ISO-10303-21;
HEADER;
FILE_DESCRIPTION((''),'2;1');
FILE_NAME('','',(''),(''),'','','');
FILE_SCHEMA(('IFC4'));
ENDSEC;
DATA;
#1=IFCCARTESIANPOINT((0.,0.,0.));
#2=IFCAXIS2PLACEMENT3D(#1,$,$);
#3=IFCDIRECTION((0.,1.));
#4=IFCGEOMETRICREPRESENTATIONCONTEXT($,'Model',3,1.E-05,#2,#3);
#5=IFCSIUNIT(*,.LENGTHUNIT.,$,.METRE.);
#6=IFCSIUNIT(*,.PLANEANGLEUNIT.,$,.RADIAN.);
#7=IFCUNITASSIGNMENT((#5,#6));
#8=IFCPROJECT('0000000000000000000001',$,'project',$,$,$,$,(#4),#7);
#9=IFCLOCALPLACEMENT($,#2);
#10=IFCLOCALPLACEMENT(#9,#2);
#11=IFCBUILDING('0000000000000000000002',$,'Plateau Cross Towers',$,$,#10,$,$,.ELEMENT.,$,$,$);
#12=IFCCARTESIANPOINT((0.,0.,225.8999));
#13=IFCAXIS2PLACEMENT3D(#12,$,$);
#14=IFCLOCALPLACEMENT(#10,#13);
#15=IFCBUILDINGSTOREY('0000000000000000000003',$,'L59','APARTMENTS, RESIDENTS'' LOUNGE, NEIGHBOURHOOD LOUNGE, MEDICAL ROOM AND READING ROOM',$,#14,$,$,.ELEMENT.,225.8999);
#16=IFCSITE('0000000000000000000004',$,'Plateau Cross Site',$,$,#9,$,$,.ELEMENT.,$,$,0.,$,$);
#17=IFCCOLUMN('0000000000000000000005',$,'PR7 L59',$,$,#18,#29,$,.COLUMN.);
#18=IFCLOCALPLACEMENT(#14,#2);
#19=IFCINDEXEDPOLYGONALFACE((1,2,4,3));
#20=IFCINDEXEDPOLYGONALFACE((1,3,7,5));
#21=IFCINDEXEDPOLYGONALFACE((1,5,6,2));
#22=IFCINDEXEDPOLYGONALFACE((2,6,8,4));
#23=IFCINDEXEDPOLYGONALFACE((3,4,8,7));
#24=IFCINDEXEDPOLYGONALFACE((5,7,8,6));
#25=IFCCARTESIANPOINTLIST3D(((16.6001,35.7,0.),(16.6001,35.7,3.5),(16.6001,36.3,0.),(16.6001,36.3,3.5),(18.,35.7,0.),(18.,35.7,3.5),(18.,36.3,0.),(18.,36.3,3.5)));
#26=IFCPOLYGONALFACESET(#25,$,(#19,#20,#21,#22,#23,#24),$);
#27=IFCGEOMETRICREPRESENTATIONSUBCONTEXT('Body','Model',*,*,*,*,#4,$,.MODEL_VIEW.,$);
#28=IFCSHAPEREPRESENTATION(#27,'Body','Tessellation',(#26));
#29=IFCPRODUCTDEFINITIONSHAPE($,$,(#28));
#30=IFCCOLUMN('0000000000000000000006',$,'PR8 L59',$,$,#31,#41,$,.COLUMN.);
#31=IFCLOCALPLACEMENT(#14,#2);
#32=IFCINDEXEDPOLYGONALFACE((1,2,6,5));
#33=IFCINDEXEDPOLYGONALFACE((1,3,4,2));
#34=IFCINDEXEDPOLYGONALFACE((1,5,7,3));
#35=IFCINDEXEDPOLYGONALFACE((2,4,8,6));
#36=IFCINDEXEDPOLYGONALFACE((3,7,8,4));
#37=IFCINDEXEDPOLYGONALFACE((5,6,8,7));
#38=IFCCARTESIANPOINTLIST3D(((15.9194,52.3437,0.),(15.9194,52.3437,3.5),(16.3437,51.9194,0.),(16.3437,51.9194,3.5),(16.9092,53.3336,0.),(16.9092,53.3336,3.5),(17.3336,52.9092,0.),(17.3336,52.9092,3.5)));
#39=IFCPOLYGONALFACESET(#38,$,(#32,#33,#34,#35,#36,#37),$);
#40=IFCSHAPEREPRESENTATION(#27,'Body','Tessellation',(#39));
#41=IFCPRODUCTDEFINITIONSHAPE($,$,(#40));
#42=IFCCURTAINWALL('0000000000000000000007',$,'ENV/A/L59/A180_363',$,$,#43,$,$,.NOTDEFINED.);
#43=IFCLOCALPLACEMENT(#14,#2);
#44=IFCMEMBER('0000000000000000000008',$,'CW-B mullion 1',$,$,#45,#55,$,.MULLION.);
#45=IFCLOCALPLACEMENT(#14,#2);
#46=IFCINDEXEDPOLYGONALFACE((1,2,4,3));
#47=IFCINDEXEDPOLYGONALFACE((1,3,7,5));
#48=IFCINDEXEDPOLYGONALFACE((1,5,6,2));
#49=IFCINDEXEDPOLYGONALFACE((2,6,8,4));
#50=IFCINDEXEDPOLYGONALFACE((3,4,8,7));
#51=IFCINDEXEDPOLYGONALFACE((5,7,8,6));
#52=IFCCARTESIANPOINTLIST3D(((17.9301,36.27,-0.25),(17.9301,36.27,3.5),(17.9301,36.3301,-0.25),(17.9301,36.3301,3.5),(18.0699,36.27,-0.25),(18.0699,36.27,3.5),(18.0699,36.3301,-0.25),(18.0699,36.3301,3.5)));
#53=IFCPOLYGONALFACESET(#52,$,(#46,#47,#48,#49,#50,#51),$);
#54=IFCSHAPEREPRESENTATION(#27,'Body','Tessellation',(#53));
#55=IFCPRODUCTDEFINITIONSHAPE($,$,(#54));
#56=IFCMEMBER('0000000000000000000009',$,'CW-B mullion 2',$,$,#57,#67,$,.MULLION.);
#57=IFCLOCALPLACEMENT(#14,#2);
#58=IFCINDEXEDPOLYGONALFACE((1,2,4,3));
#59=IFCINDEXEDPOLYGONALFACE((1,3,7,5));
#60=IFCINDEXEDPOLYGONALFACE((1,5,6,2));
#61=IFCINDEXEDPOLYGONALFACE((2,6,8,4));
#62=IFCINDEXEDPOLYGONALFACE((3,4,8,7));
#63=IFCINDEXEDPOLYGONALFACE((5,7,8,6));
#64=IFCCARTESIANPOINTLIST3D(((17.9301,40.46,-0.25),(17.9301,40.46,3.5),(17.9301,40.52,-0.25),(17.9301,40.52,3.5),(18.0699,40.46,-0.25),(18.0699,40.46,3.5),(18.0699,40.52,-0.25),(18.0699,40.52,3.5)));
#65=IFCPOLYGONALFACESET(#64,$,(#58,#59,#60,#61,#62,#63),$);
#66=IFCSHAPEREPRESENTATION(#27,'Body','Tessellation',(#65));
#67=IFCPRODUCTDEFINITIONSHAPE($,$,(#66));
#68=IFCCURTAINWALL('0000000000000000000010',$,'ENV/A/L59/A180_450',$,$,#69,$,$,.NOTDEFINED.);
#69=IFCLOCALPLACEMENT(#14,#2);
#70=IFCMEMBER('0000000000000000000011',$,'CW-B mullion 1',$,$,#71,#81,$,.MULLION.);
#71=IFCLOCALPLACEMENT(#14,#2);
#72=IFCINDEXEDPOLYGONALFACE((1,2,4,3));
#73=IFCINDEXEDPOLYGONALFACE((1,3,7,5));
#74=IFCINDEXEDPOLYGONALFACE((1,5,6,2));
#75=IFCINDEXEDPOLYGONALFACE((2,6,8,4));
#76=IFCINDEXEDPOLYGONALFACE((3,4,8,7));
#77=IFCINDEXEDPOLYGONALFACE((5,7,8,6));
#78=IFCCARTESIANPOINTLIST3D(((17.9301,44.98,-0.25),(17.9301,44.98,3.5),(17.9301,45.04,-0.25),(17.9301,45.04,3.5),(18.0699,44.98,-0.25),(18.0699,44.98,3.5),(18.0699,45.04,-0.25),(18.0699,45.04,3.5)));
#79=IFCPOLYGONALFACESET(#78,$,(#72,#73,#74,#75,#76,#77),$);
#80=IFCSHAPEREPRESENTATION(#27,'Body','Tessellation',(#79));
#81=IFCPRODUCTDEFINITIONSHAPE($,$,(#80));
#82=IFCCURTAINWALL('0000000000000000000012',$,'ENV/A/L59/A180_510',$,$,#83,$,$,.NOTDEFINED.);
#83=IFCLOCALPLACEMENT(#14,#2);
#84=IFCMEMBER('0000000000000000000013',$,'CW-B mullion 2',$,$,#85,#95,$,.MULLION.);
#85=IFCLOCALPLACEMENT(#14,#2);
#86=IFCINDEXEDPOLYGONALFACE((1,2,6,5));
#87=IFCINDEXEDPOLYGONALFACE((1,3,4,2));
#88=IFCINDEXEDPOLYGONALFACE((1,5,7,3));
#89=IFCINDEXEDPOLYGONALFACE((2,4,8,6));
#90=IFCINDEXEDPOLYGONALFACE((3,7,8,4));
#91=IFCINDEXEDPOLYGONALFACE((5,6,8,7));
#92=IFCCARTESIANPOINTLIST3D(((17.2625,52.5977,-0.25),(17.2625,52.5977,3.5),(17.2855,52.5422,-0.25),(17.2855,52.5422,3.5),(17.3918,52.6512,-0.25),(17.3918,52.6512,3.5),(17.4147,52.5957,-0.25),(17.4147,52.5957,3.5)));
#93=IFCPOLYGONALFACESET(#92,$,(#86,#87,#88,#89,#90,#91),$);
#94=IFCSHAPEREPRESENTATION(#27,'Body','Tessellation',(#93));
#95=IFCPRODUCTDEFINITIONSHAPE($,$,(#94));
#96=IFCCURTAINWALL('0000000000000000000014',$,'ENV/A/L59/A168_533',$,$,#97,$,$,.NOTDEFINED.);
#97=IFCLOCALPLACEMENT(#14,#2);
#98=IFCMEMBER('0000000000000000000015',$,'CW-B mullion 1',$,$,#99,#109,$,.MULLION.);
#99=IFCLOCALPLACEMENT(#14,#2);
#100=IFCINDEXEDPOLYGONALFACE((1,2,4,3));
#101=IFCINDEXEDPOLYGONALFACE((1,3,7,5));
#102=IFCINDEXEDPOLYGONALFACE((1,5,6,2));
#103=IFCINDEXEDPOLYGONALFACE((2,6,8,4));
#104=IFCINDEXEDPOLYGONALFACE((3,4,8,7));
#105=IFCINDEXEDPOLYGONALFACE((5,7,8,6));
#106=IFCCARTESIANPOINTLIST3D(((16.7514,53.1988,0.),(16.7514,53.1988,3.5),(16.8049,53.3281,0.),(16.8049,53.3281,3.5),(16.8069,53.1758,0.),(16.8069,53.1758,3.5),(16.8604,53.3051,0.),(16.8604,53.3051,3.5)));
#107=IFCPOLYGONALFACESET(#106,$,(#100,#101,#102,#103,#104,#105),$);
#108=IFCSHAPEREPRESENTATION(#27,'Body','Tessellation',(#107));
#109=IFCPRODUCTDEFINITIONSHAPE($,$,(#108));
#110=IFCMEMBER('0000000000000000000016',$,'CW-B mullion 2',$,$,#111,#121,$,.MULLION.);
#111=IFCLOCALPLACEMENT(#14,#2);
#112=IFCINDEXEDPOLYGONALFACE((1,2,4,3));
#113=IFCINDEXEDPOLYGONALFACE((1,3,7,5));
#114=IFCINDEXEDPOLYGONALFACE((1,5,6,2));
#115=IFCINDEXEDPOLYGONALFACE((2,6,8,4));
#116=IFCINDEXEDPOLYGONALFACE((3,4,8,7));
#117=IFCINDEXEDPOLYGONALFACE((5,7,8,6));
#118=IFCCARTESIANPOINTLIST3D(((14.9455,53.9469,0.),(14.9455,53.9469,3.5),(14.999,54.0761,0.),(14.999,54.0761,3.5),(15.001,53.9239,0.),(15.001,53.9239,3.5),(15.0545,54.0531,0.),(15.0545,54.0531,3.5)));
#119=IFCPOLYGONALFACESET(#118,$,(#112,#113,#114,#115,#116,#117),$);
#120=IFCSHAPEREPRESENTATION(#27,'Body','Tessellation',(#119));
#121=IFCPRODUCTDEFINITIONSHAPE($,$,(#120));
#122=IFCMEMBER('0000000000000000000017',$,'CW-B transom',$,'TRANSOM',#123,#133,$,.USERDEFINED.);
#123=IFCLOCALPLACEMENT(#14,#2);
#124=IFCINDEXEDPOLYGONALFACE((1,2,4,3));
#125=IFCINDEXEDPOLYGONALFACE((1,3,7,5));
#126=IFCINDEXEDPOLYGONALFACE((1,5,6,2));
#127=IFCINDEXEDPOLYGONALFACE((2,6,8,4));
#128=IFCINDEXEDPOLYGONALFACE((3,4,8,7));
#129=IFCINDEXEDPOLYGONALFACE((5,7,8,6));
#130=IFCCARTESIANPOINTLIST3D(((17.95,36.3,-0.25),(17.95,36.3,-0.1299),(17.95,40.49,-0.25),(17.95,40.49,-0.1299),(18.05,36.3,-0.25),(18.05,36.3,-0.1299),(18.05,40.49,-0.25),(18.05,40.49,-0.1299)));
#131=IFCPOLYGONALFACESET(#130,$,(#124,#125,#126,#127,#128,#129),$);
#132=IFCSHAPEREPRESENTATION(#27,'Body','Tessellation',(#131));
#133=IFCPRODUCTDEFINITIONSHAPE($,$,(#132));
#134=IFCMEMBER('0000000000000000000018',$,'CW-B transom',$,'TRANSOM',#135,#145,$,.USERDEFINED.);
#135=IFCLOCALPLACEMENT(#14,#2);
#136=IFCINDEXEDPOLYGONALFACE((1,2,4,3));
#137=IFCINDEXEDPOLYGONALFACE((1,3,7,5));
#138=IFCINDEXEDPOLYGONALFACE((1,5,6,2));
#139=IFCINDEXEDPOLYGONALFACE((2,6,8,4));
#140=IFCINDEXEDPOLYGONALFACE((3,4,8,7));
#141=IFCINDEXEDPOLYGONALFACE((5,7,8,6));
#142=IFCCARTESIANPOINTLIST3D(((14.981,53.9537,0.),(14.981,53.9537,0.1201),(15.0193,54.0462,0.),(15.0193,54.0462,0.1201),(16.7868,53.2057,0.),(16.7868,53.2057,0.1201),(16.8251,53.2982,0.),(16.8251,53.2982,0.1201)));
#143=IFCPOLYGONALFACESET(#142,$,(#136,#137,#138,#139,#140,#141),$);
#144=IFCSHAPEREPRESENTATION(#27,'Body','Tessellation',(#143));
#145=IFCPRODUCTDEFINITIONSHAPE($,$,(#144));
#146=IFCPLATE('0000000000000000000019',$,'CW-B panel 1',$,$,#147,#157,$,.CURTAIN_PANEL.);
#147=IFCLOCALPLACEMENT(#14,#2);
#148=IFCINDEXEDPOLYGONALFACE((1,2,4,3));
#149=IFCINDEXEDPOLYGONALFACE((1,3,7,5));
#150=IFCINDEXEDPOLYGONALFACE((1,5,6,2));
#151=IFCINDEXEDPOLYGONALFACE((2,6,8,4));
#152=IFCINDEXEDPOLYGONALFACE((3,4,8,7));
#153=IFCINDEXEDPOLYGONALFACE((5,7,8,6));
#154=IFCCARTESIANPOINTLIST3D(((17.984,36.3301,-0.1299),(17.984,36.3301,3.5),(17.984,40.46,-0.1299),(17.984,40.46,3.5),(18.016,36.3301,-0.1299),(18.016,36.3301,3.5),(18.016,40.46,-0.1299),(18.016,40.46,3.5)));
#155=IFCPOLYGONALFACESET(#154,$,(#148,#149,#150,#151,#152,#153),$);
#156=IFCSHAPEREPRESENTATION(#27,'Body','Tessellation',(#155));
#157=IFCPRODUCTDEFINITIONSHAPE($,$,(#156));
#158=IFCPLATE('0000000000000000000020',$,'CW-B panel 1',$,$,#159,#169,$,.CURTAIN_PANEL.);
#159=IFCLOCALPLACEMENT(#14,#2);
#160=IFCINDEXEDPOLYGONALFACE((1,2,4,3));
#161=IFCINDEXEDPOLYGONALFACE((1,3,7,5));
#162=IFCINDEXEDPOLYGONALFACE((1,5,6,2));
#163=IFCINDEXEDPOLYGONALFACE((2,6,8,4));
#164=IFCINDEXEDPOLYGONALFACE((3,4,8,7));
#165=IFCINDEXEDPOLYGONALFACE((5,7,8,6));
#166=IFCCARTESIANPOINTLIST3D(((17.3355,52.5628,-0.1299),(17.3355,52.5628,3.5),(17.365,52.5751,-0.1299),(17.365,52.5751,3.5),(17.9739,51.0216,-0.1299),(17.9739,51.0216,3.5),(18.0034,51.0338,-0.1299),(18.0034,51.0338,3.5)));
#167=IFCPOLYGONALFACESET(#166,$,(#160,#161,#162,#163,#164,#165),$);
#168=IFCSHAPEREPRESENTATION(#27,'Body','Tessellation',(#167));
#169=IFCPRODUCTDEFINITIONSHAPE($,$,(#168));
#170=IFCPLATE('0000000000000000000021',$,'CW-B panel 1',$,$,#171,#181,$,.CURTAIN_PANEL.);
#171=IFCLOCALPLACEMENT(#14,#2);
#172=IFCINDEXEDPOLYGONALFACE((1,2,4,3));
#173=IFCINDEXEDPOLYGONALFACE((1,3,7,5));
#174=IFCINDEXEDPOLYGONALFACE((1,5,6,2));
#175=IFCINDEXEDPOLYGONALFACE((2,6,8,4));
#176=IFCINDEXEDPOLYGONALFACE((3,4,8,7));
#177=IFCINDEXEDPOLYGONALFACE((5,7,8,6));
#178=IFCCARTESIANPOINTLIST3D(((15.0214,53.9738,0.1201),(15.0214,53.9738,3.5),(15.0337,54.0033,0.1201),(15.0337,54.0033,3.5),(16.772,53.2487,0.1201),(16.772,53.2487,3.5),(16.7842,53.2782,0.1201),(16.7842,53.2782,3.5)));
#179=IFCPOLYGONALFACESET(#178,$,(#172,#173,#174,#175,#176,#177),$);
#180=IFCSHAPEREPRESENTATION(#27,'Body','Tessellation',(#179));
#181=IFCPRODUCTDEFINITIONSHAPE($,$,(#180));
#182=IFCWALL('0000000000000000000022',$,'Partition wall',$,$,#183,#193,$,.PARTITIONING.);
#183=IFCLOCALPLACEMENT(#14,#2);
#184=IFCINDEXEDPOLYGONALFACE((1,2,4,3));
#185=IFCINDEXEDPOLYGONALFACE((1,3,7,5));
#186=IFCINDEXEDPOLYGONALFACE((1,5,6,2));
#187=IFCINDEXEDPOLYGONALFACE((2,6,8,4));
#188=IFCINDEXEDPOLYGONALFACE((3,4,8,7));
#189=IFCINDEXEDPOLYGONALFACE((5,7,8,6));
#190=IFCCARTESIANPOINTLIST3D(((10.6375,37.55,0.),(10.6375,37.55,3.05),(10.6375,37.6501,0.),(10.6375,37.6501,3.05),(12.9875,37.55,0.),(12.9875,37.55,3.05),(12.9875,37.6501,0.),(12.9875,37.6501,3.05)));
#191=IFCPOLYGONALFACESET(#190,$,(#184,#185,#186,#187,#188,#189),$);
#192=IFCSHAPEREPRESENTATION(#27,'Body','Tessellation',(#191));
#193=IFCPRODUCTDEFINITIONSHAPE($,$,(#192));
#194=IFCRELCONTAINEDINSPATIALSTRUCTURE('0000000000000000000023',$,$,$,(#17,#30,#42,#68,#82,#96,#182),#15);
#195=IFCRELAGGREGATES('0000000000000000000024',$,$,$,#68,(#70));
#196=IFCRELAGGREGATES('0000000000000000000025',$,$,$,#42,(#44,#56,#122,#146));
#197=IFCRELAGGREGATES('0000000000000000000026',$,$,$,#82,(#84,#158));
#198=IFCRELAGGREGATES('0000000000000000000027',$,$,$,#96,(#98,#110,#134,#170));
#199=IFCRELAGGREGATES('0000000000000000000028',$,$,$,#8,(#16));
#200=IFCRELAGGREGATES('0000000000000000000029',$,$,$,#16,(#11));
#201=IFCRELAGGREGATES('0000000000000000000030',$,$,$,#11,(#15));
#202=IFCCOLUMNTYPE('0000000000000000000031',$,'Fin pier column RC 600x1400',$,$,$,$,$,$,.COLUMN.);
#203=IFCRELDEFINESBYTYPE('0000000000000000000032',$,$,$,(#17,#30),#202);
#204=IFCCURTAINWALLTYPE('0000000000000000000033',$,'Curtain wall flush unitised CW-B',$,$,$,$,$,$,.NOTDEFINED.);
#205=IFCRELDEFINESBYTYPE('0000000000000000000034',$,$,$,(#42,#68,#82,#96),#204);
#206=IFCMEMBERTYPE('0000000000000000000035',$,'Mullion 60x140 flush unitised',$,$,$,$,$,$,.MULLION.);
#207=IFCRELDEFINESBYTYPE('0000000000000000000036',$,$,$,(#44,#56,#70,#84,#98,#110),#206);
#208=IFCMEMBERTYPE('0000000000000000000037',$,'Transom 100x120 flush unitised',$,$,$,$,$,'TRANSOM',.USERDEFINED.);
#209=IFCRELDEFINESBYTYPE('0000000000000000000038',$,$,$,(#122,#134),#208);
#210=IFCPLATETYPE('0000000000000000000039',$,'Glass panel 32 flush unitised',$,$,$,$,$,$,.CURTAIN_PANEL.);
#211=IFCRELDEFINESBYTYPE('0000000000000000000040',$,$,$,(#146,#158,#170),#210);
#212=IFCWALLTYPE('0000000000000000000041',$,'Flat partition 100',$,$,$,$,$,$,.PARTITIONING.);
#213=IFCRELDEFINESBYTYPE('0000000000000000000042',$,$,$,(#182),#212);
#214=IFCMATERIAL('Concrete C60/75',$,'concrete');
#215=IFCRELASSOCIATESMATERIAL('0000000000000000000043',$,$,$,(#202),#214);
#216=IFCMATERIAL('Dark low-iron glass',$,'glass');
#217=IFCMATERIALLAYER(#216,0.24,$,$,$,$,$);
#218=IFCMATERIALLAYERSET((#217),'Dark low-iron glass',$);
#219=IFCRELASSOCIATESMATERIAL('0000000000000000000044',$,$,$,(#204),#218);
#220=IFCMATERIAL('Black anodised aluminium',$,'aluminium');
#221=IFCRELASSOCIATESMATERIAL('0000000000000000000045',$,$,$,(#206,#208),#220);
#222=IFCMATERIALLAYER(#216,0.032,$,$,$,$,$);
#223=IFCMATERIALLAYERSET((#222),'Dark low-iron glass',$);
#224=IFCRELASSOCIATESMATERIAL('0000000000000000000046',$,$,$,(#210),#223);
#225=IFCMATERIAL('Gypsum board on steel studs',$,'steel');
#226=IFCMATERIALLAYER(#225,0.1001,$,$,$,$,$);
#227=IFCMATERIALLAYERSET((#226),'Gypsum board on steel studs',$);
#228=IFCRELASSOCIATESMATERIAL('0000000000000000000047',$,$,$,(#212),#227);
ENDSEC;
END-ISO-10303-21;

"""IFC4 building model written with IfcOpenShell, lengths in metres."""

from ifc_helpers import new_model, si_unit, direction, frame, frame_2d, origin, origin_2d, place, context, subcontext, project, spatial, rectangle, extrude, material, layer, layer_set, material_profile, profile_set, type_object, element, aggregate, save


model = new_model("IFC4")

# Units and contexts
model_context = context("Model", 3, precision=1e-05, world=origin(), true_north=direction((0.0, 1.0)))
body_context = subcontext(model_context, "Body", "Model", "MODEL_VIEW")
ifc_project = project(units=[si_unit("LENGTHUNIT", "METRE"), si_unit("PLANEANGLEUNIT", "RADIAN")], contexts=[model_context])

# Site, building, storey
site_placement = place(None, origin())
site = spatial("IfcSite", under=ifc_project, at=site_placement, Name="Plateau Cross Site", CompositionType="ELEMENT", RefElevation=0.0)
building_placement = place(site_placement, origin())
building = spatial("IfcBuilding", under=site, at=building_placement, Name="Plateau Cross Towers", CompositionType="ELEMENT")
storey_placement = place(building_placement, frame((0.0, 0.0, 225.8999)))
storey = spatial("IfcBuildingStorey", under=building, at=storey_placement, Name="L59", Description="APARTMENTS, RESIDENTS' LOUNGE, NEIGHBOURHOOD LOUNGE, MEDICAL ROOM AND READING ROOM", CompositionType="ELEMENT", Elevation=225.8999)

# Columns
ifc_material_1 = material(Name="Concrete C60/75", Category="concrete")
ifc_material_profile_1 = material_profile(ifc_material_1, rectangle(XDim=0.6001, YDim=1.3999, at=origin_2d()), Name="RC 600x1400")
ifc_profile_set_1 = profile_set([ifc_material_profile_1], Name="Concrete C60/75")
column_type = type_object("IfcColumnType", Name="Fin pier column RC 600x1400", PredefinedType="COLUMN", material=ifc_profile_set_1)
for number, where, z_axis, x_axis, name in (
    (1, (17.3, 36.0, 0.0), (0.0, 0.0, 1.0), (0.0, 1.0, 0.0), "PR7 L59"),
    (2, (16.6265, 52.6265, 0.0), (0.0, 0.0, 1.0), (-0.707107, 0.707107, 0.0), "PR8 L59"),
):
    element("IfcColumn", number, at=place(storey_placement, frame(where, z_axis=z_axis, x_axis=x_axis)), inside=storey, type_object=column_type, Name=name, PredefinedType="COLUMN", context=body_context, shape_type="SweptSolid", body=[
        extrude(rectangle(XDim=0.6001, YDim=1.3999, at=origin_2d()), origin(), (0.0, 0.0, 1.0), 3.5),
    ])

# Curtain wall, members
ifc_material_2 = material(Name="Dark low-iron glass", Category="glass")
ifc_layer_1 = layer(ifc_material_2, 0.24)
ifc_layer_set_1 = layer_set([ifc_layer_1], Name="Dark low-iron glass")
curtain_wall_type = type_object("IfcCurtainWallType", Name="Curtain wall flush unitised CW-B", PredefinedType="NOTDEFINED", material=ifc_layer_set_1)
curtain_wall_1_placement = place(storey_placement, origin())
curtain_wall_1 = element("IfcCurtainWall", 3, at=curtain_wall_1_placement, inside=storey, type_object=curtain_wall_type, Name="ENV/A/L59/A180_363", PredefinedType="NOTDEFINED")
ifc_material_3 = material(Name="Black anodised aluminium", Category="aluminium")
ifc_material_profile_2 = material_profile(ifc_material_3, rectangle(XDim=0.0601, YDim=0.1399, at=origin_2d()), Name="MULLION 60x140")
ifc_profile_set_2 = profile_set([ifc_material_profile_2], Name="Black anodised aluminium")
member_type_1 = type_object("IfcMemberType", Name="Mullion 60x140 flush unitised", PredefinedType="MULLION", material=ifc_profile_set_2)
member_1_placement = place(storey_placement, frame((18.0, 36.3, -0.25), z_axis=(0.0, 0.0, 1.0), x_axis=(0.0, 1.0, 0.0)))
member_1 = element("IfcMember", 4, at=member_1_placement, type_object=member_type_1, Name="CW-B mullion 1", PredefinedType="MULLION", context=body_context, shape_type="SweptSolid", body=[
    extrude(rectangle(XDim=0.0601, YDim=0.1399, at=origin_2d()), origin(), (0.0, 0.0, 1.0), 3.75),
])
member_2_placement = place(storey_placement, frame((18.0, 40.49, -0.25), z_axis=(0.0, 0.0, 1.0), x_axis=(0.0, 1.0, 0.0)))
member_2 = element("IfcMember", 5, at=member_2_placement, type_object=member_type_1, Name="CW-B mullion 2", PredefinedType="MULLION", context=body_context, shape_type="SweptSolid", body=[
    extrude(rectangle(XDim=0.0601, YDim=0.1399, at=origin_2d()), origin(), (0.0, 0.0, 1.0), 3.75),
])

# Curtain walls, members
curtain_wall_2_placement = place(storey_placement, origin())
curtain_wall_2 = element("IfcCurtainWall", 6, at=curtain_wall_2_placement, inside=storey, type_object=curtain_wall_type, Name="ENV/A/L59/A180_450", PredefinedType="NOTDEFINED")
member_3_placement = place(storey_placement, frame((18.0, 45.01, -0.25), z_axis=(0.0, 0.0, 1.0), x_axis=(0.0, 1.0, 0.0)))
member_3 = element("IfcMember", 7, at=member_3_placement, type_object=member_type_1, Name="CW-B mullion 1", PredefinedType="MULLION", context=body_context, shape_type="SweptSolid", body=[
    extrude(rectangle(XDim=0.0601, YDim=0.1399, at=origin_2d()), origin(), (0.0, 0.0, 1.0), 3.75),
])
aggregate(curtain_wall_2, [member_3])
curtain_wall_3_placement = place(storey_placement, origin())
curtain_wall_3 = element("IfcCurtainWall", 8, at=curtain_wall_3_placement, inside=storey, type_object=curtain_wall_type, Name="ENV/A/L59/A180_510", PredefinedType="NOTDEFINED")
member_4_placement = place(storey_placement, frame((17.3386, 52.5967, -0.25), z_axis=(0.0, 0.0, 1.0), x_axis=(-0.382684, 0.923879, 0.0)))
member_4 = element("IfcMember", 9, at=member_4_placement, type_object=member_type_1, Name="CW-B mullion 2", PredefinedType="MULLION", context=body_context, shape_type="SweptSolid", body=[
    extrude(rectangle(XDim=0.0601, YDim=0.1399, at=origin_2d()), origin(), (0.0, 0.0, 1.0), 3.75),
])

# Curtain wall, members
curtain_wall_4_placement = place(storey_placement, origin())
curtain_wall_4 = element("IfcCurtainWall", 10, at=curtain_wall_4_placement, inside=storey, type_object=curtain_wall_type, Name="ENV/A/L59/A168_533", PredefinedType="NOTDEFINED")
member_5_placement = place(storey_placement, frame((16.8059, 53.252, 0.0), z_axis=(0.0, 0.0, 1.0), x_axis=(-0.923879, 0.382684, 0.0)))
member_5 = element("IfcMember", 11, at=member_5_placement, type_object=member_type_1, Name="CW-B mullion 1", PredefinedType="MULLION", context=body_context, shape_type="SweptSolid", body=[
    extrude(rectangle(XDim=0.0601, YDim=0.1399, at=origin_2d()), origin(), (0.0, 0.0, 1.0), 3.5),
])
member_6_placement = place(storey_placement, frame((15.0, 54.0, 0.0), z_axis=(0.0, 0.0, 1.0), x_axis=(-0.923879, 0.382684, 0.0)))
member_6 = element("IfcMember", 12, at=member_6_placement, type_object=member_type_1, Name="CW-B mullion 2", PredefinedType="MULLION", context=body_context, shape_type="SweptSolid", body=[
    extrude(rectangle(XDim=0.0601, YDim=0.1399, at=origin_2d()), origin(), (0.0, 0.0, 1.0), 3.5),
])

# Members
ifc_material_profile_3 = material_profile(ifc_material_3, rectangle(XDim=0.1001, YDim=0.1201, at=origin_2d()), Name="TRANSOM 100x120")
ifc_profile_set_3 = profile_set([ifc_material_profile_3], Name="Black anodised aluminium")
member_type_2 = type_object("IfcMemberType", Name="Transom 100x120 flush unitised", ElementType="TRANSOM", PredefinedType="USERDEFINED", material=ifc_profile_set_3)
member_7_placement = place(storey_placement, frame((18.0, 36.3, -0.1899), z_axis=(0.0, 1.0, 0.0), x_axis=(-1.0, 0.0, 0.0)))
member_7 = element("IfcMember", 13, at=member_7_placement, type_object=member_type_2, Name="CW-B transom", ObjectType="TRANSOM", PredefinedType="USERDEFINED", context=body_context, shape_type="SweptSolid", body=[
    extrude(rectangle(XDim=0.1001, YDim=0.1201, at=origin_2d()), origin(), (0.0, 0.0, 1.0), 4.1899),
])
member_8_placement = place(storey_placement, frame((16.8059, 53.252, 0.0601), z_axis=(-0.923877, 0.38269, 0.0), x_axis=(-0.38269, -0.923877, 0.0)))
member_8 = element("IfcMember", 14, at=member_8_placement, type_object=member_type_2, Name="CW-B transom", ObjectType="TRANSOM", PredefinedType="USERDEFINED", context=body_context, shape_type="SweptSolid", body=[
    extrude(rectangle(XDim=0.1001, YDim=0.1201, at=origin_2d()), origin(), (0.0, 0.0, 1.0), 1.9546),
])

# Plates
ifc_layer_2 = layer(ifc_material_2, 0.032)
ifc_layer_set_2 = layer_set([ifc_layer_2], Name="Dark low-iron glass")
plate_type = type_object("IfcPlateType", Name="Glass panel 32 flush unitised", PredefinedType="CURTAIN_PANEL", material=ifc_layer_set_2)
plate_1_placement = place(storey_placement, frame((18.0, 38.395, -0.1299), z_axis=(0.0, 0.0, 1.0), x_axis=(0.0, 1.0, 0.0)))
plate_1 = element("IfcPlate", 15, at=plate_1_placement, type_object=plate_type, Name="CW-B panel 1", PredefinedType="CURTAIN_PANEL", context=body_context, shape_type="SweptSolid", body=[
    extrude(rectangle(XDim=4.1299, YDim=0.032, at=origin_2d()), origin(), (0.0, 0.0, 1.0), 3.6299),
])
aggregate(curtain_wall_1, [member_1, member_2, member_7, plate_1])
plate_2_placement = place(storey_placement, frame((17.6694, 51.7983, -0.1299), z_axis=(0.0, 0.0, 1.0), x_axis=(-0.382684, 0.923879, 0.0)))
plate_2 = element("IfcPlate", 16, at=plate_2_placement, type_object=plate_type, Name="CW-B panel 1", PredefinedType="CURTAIN_PANEL", context=body_context, shape_type="SweptSolid", body=[
    extrude(rectangle(XDim=1.6682, YDim=0.032, at=origin_2d()), origin(), (0.0, 0.0, 1.0), 3.6299),
])
aggregate(curtain_wall_3, [member_4, plate_2])
plate_3_placement = place(storey_placement, frame((15.9028, 53.626, 0.1201), z_axis=(0.0, 0.0, 1.0), x_axis=(-0.923879, 0.382684, 0.0)))
plate_3 = element("IfcPlate", 17, at=plate_3_placement, type_object=plate_type, Name="CW-B panel 1", PredefinedType="CURTAIN_PANEL", context=body_context, shape_type="SweptSolid", body=[
    extrude(rectangle(XDim=1.8948, YDim=0.032, at=origin_2d()), origin(), (0.0, 0.0, 1.0), 3.3799),
])
aggregate(curtain_wall_4, [member_5, member_6, member_8, plate_3])

# Wall
ifc_material_4 = material(Name="Gypsum board on steel studs", Category="steel")
ifc_layer_3 = layer(ifc_material_4, 0.1001)
ifc_layer_set_3 = layer_set([ifc_layer_3], Name="Gypsum board on steel studs")
wall_type_1 = type_object("IfcWallType", Name="Flat partition 100", PredefinedType="PARTITIONING", material=ifc_layer_set_3)
wall_1_placement = place(storey_placement, frame((12.9875, 37.6001, 0.0), z_axis=(0.0, 0.0, 1.0), x_axis=(-1.0, 0.0, 0.0)))
element("IfcWall", 18, at=wall_1_placement, inside=storey, type_object=wall_type_1, Name="Partition wall", PredefinedType="PARTITIONING", context=body_context, shape_type="SweptSolid", body=[
    extrude(rectangle(XDim=2.3501, YDim=0.1001, at=frame_2d((1.175, 0.0))), origin(), (0.0, 0.0, 1.0), 3.05),
])

save(model, "model.ifc")
